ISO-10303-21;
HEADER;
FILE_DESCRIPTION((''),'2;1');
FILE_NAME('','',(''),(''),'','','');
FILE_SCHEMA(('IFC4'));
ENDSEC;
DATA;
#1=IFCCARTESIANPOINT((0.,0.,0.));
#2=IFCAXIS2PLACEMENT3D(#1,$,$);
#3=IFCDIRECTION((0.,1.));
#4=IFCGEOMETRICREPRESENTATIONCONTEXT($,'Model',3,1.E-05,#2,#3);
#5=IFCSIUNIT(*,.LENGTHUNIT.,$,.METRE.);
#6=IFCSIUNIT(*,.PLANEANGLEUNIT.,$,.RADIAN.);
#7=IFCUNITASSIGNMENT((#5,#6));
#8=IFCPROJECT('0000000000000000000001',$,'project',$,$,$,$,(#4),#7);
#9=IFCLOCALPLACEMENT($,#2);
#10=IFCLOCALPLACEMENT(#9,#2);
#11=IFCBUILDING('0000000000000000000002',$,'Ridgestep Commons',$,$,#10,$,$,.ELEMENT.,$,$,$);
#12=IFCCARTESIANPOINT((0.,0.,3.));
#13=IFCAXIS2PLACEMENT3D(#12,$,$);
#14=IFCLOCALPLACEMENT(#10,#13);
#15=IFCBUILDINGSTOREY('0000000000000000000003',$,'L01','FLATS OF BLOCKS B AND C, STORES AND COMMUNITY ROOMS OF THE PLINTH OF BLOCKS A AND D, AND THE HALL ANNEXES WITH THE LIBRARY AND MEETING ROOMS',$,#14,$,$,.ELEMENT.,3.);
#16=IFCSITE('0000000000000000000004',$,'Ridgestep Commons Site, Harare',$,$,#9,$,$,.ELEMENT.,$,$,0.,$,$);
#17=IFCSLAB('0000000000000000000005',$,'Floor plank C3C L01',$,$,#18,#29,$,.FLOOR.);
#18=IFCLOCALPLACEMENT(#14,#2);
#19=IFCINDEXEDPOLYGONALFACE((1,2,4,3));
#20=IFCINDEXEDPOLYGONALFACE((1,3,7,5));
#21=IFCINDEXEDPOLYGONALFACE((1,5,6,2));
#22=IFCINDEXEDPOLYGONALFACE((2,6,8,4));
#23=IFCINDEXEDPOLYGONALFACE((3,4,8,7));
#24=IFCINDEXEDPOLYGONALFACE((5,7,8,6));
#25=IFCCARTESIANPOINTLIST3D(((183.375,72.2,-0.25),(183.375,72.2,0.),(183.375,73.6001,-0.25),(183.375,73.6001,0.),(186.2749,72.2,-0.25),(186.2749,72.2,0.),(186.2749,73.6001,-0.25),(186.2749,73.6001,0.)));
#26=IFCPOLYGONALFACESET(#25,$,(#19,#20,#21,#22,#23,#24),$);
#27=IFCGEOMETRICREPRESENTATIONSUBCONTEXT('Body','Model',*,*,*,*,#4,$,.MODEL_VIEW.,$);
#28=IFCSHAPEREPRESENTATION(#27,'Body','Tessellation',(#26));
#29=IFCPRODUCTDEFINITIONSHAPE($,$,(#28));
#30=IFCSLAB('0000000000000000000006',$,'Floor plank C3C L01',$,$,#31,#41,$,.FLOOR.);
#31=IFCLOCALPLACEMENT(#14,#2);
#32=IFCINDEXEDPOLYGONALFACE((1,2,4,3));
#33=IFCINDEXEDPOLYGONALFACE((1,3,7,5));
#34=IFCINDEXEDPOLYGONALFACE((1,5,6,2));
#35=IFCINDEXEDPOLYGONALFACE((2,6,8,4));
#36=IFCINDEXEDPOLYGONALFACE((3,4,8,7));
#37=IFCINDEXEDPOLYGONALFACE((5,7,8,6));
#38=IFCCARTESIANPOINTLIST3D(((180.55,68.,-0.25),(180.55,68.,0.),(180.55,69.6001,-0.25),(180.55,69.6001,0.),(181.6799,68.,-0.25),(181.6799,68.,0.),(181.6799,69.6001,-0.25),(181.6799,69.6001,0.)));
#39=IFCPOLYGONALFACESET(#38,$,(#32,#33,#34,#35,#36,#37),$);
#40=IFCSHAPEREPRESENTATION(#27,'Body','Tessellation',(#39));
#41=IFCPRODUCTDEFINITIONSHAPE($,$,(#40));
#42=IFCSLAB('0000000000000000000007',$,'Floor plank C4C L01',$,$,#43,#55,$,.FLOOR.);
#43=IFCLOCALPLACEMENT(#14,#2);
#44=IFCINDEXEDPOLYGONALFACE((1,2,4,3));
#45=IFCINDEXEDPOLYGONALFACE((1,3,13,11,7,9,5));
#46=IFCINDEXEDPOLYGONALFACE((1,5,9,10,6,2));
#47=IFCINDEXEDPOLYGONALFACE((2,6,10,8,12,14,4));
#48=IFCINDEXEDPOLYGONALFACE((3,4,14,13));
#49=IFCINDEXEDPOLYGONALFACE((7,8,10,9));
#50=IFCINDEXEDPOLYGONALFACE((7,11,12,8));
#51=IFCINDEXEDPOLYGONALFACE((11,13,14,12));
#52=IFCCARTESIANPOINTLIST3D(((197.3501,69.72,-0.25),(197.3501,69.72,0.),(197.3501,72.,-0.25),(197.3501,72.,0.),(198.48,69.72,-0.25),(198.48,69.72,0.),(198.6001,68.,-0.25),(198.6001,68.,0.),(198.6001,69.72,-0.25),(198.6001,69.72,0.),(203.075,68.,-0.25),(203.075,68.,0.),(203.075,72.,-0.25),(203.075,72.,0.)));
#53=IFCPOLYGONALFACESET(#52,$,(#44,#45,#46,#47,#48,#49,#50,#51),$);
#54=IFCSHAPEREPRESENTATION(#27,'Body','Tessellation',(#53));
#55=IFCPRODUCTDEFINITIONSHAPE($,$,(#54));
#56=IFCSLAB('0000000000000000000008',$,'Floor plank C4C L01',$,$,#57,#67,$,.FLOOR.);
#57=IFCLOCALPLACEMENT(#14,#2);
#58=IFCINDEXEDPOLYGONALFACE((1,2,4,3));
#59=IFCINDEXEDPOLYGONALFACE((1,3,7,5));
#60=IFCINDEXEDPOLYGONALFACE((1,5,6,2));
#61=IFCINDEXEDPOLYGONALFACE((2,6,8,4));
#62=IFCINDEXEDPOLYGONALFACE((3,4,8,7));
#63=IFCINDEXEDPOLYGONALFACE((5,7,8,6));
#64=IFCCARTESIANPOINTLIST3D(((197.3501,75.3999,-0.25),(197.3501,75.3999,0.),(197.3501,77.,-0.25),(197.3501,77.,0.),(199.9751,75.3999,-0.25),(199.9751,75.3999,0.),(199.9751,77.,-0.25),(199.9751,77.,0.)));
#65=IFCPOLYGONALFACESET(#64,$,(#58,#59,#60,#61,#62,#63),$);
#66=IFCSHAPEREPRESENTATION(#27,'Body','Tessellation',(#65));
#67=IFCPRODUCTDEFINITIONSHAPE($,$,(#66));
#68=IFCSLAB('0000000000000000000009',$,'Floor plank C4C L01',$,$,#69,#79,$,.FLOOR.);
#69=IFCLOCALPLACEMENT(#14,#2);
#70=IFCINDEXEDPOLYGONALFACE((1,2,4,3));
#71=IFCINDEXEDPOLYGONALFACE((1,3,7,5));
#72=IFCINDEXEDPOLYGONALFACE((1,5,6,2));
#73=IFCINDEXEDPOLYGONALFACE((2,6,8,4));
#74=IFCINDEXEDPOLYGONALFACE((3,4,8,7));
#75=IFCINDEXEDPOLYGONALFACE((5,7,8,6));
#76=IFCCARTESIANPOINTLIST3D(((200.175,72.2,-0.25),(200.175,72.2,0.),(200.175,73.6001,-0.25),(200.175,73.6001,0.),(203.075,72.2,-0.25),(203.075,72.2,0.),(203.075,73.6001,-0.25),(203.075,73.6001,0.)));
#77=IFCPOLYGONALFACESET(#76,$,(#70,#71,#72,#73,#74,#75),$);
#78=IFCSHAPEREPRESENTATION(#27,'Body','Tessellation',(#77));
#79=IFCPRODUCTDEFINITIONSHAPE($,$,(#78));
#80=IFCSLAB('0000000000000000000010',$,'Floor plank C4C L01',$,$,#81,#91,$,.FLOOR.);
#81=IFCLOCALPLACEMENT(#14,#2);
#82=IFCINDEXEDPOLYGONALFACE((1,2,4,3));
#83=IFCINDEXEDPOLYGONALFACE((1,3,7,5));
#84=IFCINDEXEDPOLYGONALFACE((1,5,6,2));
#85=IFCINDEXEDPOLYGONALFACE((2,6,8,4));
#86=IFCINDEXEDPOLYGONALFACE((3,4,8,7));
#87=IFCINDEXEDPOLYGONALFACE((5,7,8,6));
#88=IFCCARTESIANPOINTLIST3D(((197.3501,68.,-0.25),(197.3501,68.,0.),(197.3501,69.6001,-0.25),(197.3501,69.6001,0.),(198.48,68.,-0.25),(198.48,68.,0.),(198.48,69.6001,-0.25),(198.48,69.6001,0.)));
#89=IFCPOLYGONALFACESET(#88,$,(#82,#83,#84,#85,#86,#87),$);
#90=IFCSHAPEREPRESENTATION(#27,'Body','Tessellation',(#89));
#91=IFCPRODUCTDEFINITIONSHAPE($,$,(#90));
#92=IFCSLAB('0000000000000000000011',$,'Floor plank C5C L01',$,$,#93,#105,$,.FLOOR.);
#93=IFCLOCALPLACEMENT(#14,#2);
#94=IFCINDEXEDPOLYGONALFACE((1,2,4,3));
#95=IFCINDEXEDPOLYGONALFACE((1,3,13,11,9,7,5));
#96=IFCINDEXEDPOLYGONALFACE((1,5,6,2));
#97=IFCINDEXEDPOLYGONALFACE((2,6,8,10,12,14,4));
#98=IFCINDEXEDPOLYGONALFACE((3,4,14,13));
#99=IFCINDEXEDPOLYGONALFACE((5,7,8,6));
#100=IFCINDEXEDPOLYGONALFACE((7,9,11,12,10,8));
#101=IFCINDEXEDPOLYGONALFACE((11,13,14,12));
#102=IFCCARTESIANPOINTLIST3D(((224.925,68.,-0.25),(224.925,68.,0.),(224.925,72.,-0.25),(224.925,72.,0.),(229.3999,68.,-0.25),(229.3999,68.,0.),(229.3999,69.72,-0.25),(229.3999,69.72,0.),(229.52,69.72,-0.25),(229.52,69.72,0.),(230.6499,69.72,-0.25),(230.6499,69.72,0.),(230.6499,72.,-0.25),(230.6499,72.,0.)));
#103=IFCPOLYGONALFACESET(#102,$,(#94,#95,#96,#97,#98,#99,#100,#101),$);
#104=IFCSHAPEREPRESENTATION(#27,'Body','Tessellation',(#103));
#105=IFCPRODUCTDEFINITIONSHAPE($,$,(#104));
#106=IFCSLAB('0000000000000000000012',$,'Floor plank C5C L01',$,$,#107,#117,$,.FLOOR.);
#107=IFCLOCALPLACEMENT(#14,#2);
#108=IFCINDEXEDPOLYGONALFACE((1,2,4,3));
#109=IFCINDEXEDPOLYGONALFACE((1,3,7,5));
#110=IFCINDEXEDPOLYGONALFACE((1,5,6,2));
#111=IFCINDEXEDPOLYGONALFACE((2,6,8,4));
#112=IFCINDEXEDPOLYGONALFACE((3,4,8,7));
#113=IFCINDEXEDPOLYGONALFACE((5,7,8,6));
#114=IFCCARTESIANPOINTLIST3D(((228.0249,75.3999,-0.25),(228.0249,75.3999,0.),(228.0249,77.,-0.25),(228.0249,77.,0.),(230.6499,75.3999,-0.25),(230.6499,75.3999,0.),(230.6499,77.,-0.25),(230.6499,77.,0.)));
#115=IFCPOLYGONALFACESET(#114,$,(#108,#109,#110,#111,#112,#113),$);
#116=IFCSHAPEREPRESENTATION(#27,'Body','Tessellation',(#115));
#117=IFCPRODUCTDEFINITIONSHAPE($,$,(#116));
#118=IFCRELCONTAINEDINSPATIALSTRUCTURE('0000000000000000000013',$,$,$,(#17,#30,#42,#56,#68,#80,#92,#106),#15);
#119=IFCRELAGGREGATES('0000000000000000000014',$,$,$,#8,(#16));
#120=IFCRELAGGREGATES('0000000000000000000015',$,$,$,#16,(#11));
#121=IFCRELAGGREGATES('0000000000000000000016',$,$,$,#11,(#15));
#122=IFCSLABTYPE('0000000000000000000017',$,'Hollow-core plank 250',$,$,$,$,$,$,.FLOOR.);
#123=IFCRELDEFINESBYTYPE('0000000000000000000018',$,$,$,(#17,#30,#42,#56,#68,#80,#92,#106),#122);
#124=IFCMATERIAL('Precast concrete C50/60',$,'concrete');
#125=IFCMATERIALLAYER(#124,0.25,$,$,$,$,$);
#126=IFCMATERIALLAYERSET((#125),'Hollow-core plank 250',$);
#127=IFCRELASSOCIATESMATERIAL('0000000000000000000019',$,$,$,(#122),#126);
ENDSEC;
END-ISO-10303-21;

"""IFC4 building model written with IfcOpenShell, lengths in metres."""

from ifc_helpers import new_model, si_unit, direction, frame, origin, place, context, subcontext, project, spatial, polyline, outline, extrude, material, layer, layer_set, type_object, element, save


model = new_model("IFC4")

# Units and contexts
model_context = context("Model", 3, precision=1e-05, world=origin(), true_north=direction((0.0, 1.0)))
body_context = subcontext(model_context, "Body", "Model", "MODEL_VIEW")
ifc_project = project(units=[si_unit("LENGTHUNIT", "METRE"), si_unit("PLANEANGLEUNIT", "RADIAN")], contexts=[model_context])

# Site, building, storey
site_placement = place(None, origin())
site = spatial("IfcSite", under=ifc_project, at=site_placement, Name="Ridgestep Commons Site, Harare", CompositionType="ELEMENT", RefElevation=0.0)
building_placement = place(site_placement, origin())
building = spatial("IfcBuilding", under=site, at=building_placement, Name="Ridgestep Commons", CompositionType="ELEMENT")
storey_placement = place(building_placement, frame((0.0, 0.0, 3.0)))
storey = spatial("IfcBuildingStorey", under=building, at=storey_placement, Name="L01", Description="FLATS OF BLOCKS B AND C, STORES AND COMMUNITY ROOMS OF THE PLINTH OF BLOCKS A AND D, AND THE HALL ANNEXES WITH THE LIBRARY AND MEETING ROOMS", CompositionType="ELEMENT", Elevation=3.0)

# Slabs
ifc_material = material(Name="Precast concrete C50/60", Category="concrete")
ifc_layer = layer(ifc_material, 0.25)
ifc_layer_set = layer_set([ifc_layer], Name="Hollow-core plank 250")
slab_type = type_object("IfcSlabType", Name="Hollow-core plank 250", PredefinedType="FLOOR", material=ifc_layer_set)
slab_1_placement = place(storey_placement, frame((0.0, 0.0, -0.25)))
element("IfcSlab", 1, at=slab_1_placement, inside=storey, type_object=slab_type, Name="Floor plank C3C L01", PredefinedType="FLOOR", context=body_context, shape_type="SweptSolid", body=[
    extrude(outline(polyline([(186.2749, 72.2), (186.2749, 73.6001), (183.375, 73.6001), (183.375, 72.2), (186.2749, 72.2)])), origin(), (0.0, 0.0, 1.0), 0.25),
])
slab_2_placement = place(storey_placement, frame((0.0, 0.0, -0.25)))
element("IfcSlab", 2, at=slab_2_placement, inside=storey, type_object=slab_type, Name="Floor plank C3C L01", PredefinedType="FLOOR", context=body_context, shape_type="SweptSolid", body=[
    extrude(outline(polyline([(181.6799, 69.6001), (180.55, 69.6001), (180.55, 68.0), (181.6799, 68.0), (181.6799, 69.6001)])), origin(), (0.0, 0.0, 1.0), 0.25),
])
slab_3_placement = place(storey_placement, frame((0.0, 0.0, -0.25)))
element("IfcSlab", 3, at=slab_3_placement, inside=storey, type_object=slab_type, Name="Floor plank C4C L01", PredefinedType="FLOOR", context=body_context, shape_type="SweptSolid", body=[
    extrude(outline(polyline([(198.6001, 68.0), (203.075, 68.0), (203.075, 72.0), (197.3501, 72.0), (197.3501, 69.72), (198.48, 69.72), (198.6001, 69.72), (198.6001, 68.0)])), origin(), (0.0, 0.0, 1.0), 0.25),
])
slab_4_placement = place(storey_placement, frame((0.0, 0.0, -0.25)))
element("IfcSlab", 4, at=slab_4_placement, inside=storey, type_object=slab_type, Name="Floor plank C4C L01", PredefinedType="FLOOR", context=body_context, shape_type="SweptSolid", body=[
    extrude(outline(polyline([(199.9751, 77.0), (197.3501, 77.0), (197.3501, 75.3999), (199.9751, 75.3999), (199.9751, 77.0)])), origin(), (0.0, 0.0, 1.0), 0.25),
])
slab_5_placement = place(storey_placement, frame((0.0, 0.0, -0.25)))
element("IfcSlab", 5, at=slab_5_placement, inside=storey, type_object=slab_type, Name="Floor plank C4C L01", PredefinedType="FLOOR", context=body_context, shape_type="SweptSolid", body=[
    extrude(outline(polyline([(203.075, 72.2), (203.075, 73.6001), (200.175, 73.6001), (200.175, 72.2), (203.075, 72.2)])), origin(), (0.0, 0.0, 1.0), 0.25),
])
slab_6_placement = place(storey_placement, frame((0.0, 0.0, -0.25)))
element("IfcSlab", 6, at=slab_6_placement, inside=storey, type_object=slab_type, Name="Floor plank C4C L01", PredefinedType="FLOOR", context=body_context, shape_type="SweptSolid", body=[
    extrude(outline(polyline([(198.48, 69.6001), (197.3501, 69.6001), (197.3501, 68.0), (198.48, 68.0), (198.48, 69.6001)])), origin(), (0.0, 0.0, 1.0), 0.25),
])
slab_7_placement = place(storey_placement, frame((0.0, 0.0, -0.25)))
element("IfcSlab", 7, at=slab_7_placement, inside=storey, type_object=slab_type, Name="Floor plank C5C L01", PredefinedType="FLOOR", context=body_context, shape_type="SweptSolid", body=[
    extrude(outline(polyline([(229.52, 69.72), (230.6499, 69.72), (230.6499, 72.0), (224.925, 72.0), (224.925, 68.0), (229.3999, 68.0), (229.3999, 69.72), (229.52, 69.72)])), origin(), (0.0, 0.0, 1.0), 0.25),
])
slab_8_placement = place(storey_placement, frame((0.0, 0.0, -0.25)))
element("IfcSlab", 8, at=slab_8_placement, inside=storey, type_object=slab_type, Name="Floor plank C5C L01", PredefinedType="FLOOR", context=body_context, shape_type="SweptSolid", body=[
    extrude(outline(polyline([(230.6499, 75.3999), (230.6499, 77.0), (228.0249, 77.0), (228.0249, 75.3999), (230.6499, 75.3999)])), origin(), (0.0, 0.0, 1.0), 0.25),
])

save(model, "model.ifc")
